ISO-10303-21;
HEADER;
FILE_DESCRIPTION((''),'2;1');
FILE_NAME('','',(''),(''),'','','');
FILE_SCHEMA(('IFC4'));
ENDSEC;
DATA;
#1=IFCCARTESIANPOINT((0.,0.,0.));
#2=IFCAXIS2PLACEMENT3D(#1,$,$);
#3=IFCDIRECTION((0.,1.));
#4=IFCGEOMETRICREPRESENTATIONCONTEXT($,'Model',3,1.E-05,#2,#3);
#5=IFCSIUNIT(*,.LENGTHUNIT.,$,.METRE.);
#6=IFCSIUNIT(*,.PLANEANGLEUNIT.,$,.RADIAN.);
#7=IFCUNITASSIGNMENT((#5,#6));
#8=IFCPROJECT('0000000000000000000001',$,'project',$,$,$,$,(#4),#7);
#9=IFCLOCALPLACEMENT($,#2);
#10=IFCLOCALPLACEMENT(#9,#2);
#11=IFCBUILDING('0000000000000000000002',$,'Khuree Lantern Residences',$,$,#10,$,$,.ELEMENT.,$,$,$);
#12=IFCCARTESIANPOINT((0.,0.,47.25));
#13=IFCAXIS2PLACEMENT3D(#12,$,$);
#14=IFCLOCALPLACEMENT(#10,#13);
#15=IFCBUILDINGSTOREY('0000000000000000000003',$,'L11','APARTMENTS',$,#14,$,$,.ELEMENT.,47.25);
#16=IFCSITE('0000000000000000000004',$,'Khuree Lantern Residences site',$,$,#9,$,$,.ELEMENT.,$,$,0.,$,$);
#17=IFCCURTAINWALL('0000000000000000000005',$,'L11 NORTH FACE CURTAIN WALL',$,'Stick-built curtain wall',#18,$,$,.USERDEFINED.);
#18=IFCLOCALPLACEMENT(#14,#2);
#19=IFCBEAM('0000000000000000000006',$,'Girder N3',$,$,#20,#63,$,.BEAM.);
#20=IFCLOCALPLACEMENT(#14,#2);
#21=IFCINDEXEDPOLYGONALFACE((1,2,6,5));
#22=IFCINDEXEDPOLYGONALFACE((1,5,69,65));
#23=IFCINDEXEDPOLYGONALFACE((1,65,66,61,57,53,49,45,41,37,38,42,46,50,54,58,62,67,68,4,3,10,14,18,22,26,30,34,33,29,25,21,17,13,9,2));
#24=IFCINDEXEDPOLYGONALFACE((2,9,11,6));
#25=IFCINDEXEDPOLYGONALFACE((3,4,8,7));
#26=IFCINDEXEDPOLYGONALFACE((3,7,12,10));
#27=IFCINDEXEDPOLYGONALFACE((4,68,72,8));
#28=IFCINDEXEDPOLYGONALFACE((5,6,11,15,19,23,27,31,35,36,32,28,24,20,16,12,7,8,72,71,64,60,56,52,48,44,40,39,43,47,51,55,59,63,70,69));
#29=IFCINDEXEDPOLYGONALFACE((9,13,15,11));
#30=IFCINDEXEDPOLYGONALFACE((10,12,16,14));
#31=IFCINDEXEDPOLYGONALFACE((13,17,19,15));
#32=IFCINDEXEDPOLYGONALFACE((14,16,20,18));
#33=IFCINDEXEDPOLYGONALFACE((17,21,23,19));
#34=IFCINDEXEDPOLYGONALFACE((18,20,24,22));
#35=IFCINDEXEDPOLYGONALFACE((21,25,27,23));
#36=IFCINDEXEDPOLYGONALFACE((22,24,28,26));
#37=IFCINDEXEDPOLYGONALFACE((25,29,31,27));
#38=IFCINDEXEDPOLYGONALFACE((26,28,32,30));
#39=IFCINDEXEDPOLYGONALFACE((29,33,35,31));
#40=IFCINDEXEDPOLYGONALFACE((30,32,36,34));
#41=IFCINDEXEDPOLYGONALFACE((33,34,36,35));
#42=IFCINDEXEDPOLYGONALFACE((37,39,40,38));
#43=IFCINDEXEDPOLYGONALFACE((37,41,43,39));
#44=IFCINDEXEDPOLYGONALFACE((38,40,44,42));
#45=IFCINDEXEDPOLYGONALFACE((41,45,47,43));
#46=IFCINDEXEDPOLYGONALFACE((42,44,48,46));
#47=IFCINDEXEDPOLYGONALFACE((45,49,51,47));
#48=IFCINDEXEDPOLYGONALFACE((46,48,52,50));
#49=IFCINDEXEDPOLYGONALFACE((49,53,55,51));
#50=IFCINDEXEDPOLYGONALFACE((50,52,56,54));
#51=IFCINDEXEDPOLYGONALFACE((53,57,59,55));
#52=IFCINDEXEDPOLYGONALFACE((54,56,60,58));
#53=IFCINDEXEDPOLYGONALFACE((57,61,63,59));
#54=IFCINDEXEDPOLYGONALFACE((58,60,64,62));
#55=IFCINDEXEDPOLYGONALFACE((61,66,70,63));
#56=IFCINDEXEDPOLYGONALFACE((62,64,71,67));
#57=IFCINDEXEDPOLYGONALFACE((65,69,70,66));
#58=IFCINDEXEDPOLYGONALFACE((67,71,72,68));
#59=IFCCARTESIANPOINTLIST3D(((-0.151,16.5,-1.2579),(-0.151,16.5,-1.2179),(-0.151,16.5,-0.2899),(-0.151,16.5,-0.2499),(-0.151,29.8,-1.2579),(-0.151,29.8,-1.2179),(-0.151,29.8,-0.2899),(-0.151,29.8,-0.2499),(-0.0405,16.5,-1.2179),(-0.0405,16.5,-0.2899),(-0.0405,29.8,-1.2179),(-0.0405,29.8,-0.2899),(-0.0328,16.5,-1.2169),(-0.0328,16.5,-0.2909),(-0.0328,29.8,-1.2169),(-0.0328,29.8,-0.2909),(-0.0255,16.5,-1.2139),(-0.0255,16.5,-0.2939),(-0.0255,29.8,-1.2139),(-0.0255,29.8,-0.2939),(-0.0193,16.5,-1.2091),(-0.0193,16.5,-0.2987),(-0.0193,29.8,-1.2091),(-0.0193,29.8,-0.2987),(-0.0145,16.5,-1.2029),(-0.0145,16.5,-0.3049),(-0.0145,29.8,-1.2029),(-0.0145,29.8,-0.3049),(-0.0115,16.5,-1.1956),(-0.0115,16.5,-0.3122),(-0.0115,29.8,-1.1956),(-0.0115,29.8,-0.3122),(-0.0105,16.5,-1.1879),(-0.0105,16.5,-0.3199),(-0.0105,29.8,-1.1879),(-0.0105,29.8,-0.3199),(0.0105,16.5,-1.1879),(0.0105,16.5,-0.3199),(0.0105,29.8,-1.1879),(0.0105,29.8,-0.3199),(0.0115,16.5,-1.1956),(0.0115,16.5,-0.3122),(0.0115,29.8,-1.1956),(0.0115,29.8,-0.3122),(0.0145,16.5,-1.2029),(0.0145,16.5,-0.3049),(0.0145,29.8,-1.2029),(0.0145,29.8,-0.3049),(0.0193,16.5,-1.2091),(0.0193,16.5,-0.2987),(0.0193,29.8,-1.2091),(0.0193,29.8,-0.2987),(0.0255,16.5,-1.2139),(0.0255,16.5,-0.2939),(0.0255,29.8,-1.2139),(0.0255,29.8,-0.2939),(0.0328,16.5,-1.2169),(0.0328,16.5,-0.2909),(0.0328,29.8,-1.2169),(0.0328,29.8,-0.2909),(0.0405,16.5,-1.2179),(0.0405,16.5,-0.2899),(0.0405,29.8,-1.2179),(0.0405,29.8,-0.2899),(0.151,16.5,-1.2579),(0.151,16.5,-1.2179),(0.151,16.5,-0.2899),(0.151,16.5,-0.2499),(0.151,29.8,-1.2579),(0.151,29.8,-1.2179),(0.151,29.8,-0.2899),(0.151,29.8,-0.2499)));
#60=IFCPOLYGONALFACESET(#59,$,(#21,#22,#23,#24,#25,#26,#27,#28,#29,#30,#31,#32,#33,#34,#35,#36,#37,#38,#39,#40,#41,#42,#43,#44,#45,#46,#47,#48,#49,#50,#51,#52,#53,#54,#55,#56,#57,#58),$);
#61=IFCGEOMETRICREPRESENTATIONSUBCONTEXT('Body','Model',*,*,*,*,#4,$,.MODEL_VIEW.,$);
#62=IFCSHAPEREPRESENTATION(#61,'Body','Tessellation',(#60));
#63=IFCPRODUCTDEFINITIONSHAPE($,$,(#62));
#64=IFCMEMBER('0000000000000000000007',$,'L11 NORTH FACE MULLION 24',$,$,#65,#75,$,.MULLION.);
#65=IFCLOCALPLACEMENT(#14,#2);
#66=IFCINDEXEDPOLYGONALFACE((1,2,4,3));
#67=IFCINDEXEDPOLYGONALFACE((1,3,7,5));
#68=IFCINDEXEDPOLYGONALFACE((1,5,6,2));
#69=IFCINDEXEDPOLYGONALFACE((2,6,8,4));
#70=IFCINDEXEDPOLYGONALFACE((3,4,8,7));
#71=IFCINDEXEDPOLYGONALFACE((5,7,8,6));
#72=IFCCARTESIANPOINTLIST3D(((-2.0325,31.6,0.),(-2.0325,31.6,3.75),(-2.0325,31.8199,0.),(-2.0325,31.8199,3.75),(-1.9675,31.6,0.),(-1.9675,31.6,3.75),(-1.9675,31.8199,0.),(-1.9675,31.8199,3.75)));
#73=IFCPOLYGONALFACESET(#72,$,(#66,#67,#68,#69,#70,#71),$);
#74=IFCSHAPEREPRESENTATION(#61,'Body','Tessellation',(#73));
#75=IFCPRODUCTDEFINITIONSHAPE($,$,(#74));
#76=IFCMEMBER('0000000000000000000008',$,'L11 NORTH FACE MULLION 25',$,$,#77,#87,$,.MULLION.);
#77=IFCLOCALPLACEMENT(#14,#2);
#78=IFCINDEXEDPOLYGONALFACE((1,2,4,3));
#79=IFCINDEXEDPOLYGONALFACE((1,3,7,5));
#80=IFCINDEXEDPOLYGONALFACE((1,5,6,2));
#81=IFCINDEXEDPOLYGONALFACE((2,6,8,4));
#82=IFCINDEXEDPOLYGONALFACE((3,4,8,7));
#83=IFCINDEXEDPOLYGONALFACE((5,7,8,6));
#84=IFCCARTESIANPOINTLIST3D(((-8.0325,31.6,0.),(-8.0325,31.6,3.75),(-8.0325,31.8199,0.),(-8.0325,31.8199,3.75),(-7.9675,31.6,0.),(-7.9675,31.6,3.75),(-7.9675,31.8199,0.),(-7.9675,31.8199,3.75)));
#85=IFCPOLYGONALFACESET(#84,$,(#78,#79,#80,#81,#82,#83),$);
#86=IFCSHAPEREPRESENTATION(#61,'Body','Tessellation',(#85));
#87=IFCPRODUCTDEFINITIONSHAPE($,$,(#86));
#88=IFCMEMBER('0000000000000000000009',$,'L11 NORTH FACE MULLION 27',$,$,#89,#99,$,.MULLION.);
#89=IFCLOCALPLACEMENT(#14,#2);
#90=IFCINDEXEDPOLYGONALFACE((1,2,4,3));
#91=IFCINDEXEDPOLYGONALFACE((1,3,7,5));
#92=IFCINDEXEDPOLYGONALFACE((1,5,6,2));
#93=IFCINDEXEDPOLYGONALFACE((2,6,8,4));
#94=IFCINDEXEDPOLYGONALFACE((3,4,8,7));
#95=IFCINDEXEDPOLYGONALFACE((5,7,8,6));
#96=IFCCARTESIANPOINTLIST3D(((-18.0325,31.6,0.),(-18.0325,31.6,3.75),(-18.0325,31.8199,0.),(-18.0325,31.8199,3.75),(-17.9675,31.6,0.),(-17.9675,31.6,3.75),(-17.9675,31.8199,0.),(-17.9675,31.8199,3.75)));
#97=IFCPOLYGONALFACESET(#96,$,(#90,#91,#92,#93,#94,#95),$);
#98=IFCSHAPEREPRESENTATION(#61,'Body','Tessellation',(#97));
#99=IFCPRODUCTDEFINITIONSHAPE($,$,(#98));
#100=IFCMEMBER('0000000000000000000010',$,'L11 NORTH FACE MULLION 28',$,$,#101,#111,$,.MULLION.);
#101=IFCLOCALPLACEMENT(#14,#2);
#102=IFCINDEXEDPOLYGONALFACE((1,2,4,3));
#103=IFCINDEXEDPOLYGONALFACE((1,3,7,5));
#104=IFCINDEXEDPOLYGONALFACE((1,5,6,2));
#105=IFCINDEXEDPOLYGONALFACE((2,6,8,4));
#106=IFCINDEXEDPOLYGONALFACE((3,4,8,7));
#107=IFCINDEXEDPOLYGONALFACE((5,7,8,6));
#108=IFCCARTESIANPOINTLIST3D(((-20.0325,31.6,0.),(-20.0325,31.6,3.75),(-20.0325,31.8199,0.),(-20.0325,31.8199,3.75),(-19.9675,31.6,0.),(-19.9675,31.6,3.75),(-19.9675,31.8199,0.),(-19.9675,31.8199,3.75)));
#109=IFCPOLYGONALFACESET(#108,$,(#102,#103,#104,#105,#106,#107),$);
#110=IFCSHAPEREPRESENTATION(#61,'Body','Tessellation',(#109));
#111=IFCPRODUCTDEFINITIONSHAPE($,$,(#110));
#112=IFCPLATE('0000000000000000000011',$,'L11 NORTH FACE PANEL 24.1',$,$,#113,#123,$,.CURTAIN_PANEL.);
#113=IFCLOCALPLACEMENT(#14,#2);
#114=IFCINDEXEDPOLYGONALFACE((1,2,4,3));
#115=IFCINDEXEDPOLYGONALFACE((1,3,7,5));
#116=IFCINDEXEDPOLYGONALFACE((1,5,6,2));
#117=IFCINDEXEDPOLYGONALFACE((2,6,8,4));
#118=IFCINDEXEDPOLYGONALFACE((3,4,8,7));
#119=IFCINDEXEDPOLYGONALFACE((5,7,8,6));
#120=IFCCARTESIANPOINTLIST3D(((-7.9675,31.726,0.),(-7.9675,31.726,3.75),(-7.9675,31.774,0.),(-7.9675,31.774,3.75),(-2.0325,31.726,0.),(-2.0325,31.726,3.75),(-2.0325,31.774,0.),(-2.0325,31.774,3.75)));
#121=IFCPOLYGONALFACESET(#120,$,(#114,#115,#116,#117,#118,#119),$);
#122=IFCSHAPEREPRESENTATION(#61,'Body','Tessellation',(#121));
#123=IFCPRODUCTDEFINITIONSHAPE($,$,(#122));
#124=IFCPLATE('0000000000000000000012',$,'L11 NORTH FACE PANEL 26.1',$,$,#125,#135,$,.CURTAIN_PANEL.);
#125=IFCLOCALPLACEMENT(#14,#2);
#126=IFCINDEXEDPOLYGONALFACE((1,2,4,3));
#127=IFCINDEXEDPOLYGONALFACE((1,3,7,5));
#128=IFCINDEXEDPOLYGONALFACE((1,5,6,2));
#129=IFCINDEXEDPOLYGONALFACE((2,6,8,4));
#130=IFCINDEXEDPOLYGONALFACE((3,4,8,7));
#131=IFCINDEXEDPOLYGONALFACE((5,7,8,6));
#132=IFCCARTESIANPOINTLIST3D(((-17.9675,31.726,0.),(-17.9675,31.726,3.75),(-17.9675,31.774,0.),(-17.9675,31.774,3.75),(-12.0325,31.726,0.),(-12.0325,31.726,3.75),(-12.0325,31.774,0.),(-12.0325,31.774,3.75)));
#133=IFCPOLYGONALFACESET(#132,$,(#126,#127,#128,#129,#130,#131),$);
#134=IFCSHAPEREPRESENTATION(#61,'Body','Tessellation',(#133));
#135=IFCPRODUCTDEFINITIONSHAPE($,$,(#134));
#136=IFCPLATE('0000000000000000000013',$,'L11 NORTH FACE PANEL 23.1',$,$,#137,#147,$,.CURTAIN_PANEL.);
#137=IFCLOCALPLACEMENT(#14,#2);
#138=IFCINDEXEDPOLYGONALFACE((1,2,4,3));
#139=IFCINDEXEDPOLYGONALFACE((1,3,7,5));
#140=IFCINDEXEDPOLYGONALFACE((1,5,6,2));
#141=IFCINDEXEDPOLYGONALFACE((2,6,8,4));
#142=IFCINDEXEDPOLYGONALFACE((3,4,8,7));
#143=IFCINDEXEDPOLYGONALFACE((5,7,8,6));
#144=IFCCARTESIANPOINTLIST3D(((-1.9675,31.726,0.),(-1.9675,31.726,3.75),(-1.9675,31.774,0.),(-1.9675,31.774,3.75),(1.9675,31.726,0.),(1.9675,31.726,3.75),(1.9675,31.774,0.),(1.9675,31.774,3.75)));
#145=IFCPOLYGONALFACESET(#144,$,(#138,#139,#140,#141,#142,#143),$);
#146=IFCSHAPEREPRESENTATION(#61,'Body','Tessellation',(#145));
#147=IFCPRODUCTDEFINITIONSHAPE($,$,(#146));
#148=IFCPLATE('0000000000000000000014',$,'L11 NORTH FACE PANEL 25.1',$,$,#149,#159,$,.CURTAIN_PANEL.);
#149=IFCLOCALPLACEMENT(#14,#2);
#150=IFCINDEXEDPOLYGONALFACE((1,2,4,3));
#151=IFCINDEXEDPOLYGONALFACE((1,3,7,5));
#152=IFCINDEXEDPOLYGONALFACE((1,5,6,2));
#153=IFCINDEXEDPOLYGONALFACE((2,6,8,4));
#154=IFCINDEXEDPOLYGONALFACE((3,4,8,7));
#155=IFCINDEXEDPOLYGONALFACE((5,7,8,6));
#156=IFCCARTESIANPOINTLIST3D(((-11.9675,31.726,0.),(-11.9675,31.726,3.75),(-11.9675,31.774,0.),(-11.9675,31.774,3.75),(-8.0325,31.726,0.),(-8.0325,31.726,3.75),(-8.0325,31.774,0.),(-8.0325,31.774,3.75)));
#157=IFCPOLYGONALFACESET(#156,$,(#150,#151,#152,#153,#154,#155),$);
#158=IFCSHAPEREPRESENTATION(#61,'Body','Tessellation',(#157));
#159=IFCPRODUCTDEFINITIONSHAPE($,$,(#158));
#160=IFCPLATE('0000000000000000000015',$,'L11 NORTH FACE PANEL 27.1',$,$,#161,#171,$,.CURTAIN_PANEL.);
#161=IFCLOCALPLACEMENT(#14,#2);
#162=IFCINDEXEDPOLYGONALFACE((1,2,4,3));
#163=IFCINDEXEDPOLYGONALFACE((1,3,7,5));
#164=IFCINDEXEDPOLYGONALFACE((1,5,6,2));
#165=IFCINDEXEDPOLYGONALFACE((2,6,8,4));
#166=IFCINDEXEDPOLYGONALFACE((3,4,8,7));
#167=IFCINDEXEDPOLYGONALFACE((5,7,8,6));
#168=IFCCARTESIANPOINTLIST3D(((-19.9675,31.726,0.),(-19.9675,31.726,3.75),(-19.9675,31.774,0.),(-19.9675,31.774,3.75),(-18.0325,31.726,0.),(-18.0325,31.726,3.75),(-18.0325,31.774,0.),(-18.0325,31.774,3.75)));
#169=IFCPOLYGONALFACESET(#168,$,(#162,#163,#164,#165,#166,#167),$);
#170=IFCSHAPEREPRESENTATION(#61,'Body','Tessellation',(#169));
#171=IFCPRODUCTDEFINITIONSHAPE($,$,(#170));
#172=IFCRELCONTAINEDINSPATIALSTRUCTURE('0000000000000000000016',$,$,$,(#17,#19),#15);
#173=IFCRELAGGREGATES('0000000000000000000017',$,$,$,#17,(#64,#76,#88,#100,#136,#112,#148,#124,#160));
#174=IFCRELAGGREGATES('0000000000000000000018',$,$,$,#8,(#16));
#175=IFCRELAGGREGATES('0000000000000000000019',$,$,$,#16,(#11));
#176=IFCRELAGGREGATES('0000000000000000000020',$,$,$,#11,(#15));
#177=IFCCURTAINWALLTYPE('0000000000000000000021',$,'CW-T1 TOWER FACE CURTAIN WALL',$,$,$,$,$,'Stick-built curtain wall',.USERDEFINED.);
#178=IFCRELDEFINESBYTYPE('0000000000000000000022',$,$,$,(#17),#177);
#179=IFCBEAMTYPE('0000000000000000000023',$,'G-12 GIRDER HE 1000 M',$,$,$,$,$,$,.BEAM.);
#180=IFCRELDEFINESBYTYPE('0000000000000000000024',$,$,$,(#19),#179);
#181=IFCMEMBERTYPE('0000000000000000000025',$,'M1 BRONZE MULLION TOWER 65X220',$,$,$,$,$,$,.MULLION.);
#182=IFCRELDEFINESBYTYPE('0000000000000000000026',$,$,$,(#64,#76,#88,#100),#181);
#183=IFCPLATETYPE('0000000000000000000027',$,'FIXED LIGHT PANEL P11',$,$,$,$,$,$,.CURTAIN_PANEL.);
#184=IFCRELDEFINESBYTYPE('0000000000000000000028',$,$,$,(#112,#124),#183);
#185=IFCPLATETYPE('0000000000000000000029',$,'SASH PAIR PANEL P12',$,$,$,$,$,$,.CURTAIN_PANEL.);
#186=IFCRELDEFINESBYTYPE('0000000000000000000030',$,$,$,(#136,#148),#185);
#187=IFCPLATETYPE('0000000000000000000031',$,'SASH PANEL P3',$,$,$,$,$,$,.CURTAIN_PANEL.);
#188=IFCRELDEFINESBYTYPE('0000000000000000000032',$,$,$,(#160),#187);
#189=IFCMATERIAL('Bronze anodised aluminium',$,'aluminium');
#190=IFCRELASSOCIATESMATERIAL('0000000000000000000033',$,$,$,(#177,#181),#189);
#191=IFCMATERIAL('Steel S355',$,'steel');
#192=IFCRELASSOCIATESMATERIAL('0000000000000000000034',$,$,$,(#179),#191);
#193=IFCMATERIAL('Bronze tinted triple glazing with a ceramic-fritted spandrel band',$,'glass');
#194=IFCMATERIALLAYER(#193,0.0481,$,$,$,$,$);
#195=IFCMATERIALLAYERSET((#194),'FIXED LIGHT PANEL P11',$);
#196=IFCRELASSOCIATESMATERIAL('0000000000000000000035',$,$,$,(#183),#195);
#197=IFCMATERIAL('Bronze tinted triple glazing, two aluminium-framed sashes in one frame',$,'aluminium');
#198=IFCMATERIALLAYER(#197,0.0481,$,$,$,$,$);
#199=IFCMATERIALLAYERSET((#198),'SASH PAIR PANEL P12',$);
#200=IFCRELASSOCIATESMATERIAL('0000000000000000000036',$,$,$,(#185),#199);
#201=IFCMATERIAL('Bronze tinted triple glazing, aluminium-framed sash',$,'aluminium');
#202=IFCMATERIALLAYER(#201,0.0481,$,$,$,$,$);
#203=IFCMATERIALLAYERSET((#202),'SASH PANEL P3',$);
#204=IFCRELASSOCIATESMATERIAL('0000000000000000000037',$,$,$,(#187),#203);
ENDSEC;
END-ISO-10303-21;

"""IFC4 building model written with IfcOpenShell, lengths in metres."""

from ifc_helpers import new_model, si_unit, direction, frame, origin, origin_2d, place, context, subcontext, project, spatial, rectangle, i_section, extrude, material, layer, layer_set, material_profile, profile_set, type_object, element, aggregate, save


model = new_model("IFC4")

# Units and contexts
model_context = context("Model", 3, precision=1e-05, world=origin(), true_north=direction((0.0, 1.0)))
body_context = subcontext(model_context, "Body", "Model", "MODEL_VIEW")
ifc_project = project(units=[si_unit("LENGTHUNIT", "METRE"), si_unit("PLANEANGLEUNIT", "RADIAN")], contexts=[model_context])

# Site, building, storey
site_placement = place(None, origin())
site = spatial("IfcSite", under=ifc_project, at=site_placement, Name="Khuree Lantern Residences site", CompositionType="ELEMENT", RefElevation=0.0)
building_placement = place(site_placement, origin())
building = spatial("IfcBuilding", under=site, at=building_placement, Name="Khuree Lantern Residences", CompositionType="ELEMENT")
storey_placement = place(building_placement, frame((0.0, 0.0, 47.25)))
storey = spatial("IfcBuildingStorey", under=building, at=storey_placement, Name="L11", Description="APARTMENTS", CompositionType="ELEMENT", Elevation=47.25)

# Shared definitions
ifc_material_1 = material(Name="Steel S355", Category="steel")

# Curtain wall
ifc_material_2 = material(Name="Bronze anodised aluminium", Category="aluminium")
curtain_wall_type = type_object("IfcCurtainWallType", Name="CW-T1 TOWER FACE CURTAIN WALL", ElementType="Stick-built curtain wall", PredefinedType="USERDEFINED", material=ifc_material_2)
curtain_wall_placement = place(storey_placement, origin())
curtain_wall = element("IfcCurtainWall", 1, at=curtain_wall_placement, inside=storey, type_object=curtain_wall_type, Name="L11 NORTH FACE CURTAIN WALL", ObjectType="Stick-built curtain wall", PredefinedType="USERDEFINED")

# Beam
ifc_material_profile_1 = material_profile(ifc_material_1, i_section(OverallWidth=0.302, OverallDepth=1.0081, WebThickness=0.021, FlangeThickness=0.04, FilletRadius=0.03, at=origin_2d()), Name="HE 1000 M")
ifc_profile_set_1 = profile_set([ifc_material_profile_1], Name="Steel S355")
beam_type_1 = type_object("IfcBeamType", Name="G-12 GIRDER HE 1000 M", PredefinedType="BEAM", material=ifc_profile_set_1)
for number, where, z_axis, x_axis, name in (
    (2, (0.0, 29.8, -0.7539), (0.0, -1.0, 0.0), (1.0, 0.0, 0.0), "Girder N3"),
):
    element("IfcBeam", number, at=place(storey_placement, frame(where, z_axis=z_axis, x_axis=x_axis)), inside=storey, type_object=beam_type_1, Name=name, PredefinedType="BEAM", context=body_context, shape_type="SweptSolid", body=[
        extrude(i_section(OverallWidth=0.302, OverallDepth=1.0081, WebThickness=0.021, FlangeThickness=0.04, FilletRadius=0.03, at=origin_2d()), origin(), (0.0, 0.0, 1.0), 13.3),
    ])

# Members
ifc_material_profile_2 = material_profile(ifc_material_2, rectangle(XDim=0.0649, YDim=0.22, at=origin_2d()), Name="M1 65X220")
ifc_profile_set_2 = profile_set([ifc_material_profile_2], Name="Bronze anodised aluminium")
member_type_1 = type_object("IfcMemberType", Name="M1 BRONZE MULLION TOWER 65X220", PredefinedType="MULLION", material=ifc_profile_set_2)
member_1_placement = place(storey_placement, frame((-2.0, 31.71, 0.0), z_axis=(0.0, 0.0, 1.0), x_axis=(-1.0, 0.0, 0.0)))
member_1 = element("IfcMember", 3, at=member_1_placement, type_object=member_type_1, Name="L11 NORTH FACE MULLION 24", PredefinedType="MULLION", context=body_context, shape_type="SweptSolid", body=[
    extrude(rectangle(XDim=0.0649, YDim=0.22, at=origin_2d()), origin(), (0.0, 0.0, 1.0), 3.75),
])
member_2_placement = place(storey_placement, frame((-8.0, 31.71, 0.0), z_axis=(0.0, 0.0, 1.0), x_axis=(-1.0, 0.0, 0.0)))
member_2 = element("IfcMember", 4, at=member_2_placement, type_object=member_type_1, Name="L11 NORTH FACE MULLION 25", PredefinedType="MULLION", context=body_context, shape_type="SweptSolid", body=[
    extrude(rectangle(XDim=0.0649, YDim=0.22, at=origin_2d()), origin(), (0.0, 0.0, 1.0), 3.75),
])
member_3_placement = place(storey_placement, frame((-18.0, 31.71, 0.0), z_axis=(0.0, 0.0, 1.0), x_axis=(-1.0, 0.0, 0.0)))
member_3 = element("IfcMember", 5, at=member_3_placement, type_object=member_type_1, Name="L11 NORTH FACE MULLION 27", PredefinedType="MULLION", context=body_context, shape_type="SweptSolid", body=[
    extrude(rectangle(XDim=0.0649, YDim=0.22, at=origin_2d()), origin(), (0.0, 0.0, 1.0), 3.75),
])
member_4_placement = place(storey_placement, frame((-20.0, 31.71, 0.0), z_axis=(0.0, 0.0, 1.0), x_axis=(-1.0, 0.0, 0.0)))
member_4 = element("IfcMember", 6, at=member_4_placement, type_object=member_type_1, Name="L11 NORTH FACE MULLION 28", PredefinedType="MULLION", context=body_context, shape_type="SweptSolid", body=[
    extrude(rectangle(XDim=0.0649, YDim=0.22, at=origin_2d()), origin(), (0.0, 0.0, 1.0), 3.75),
])

# Plates
ifc_material_3 = material(Name="Bronze tinted triple glazing with a ceramic-fritted spandrel band", Category="glass")
ifc_layer_1 = layer(ifc_material_3, 0.0481)
ifc_layer_set_1 = layer_set([ifc_layer_1], Name="FIXED LIGHT PANEL P11")
plate_type_1 = type_object("IfcPlateType", Name="FIXED LIGHT PANEL P11", PredefinedType="CURTAIN_PANEL", material=ifc_layer_set_1)
plate_1_placement = place(storey_placement, frame((-5.0, 31.75, 0.0), z_axis=(0.0, 0.0, 1.0), x_axis=(-1.0, 0.0, 0.0)))
plate_1 = element("IfcPlate", 7, at=plate_1_placement, type_object=plate_type_1, Name="L11 NORTH FACE PANEL 24.1", PredefinedType="CURTAIN_PANEL", context=body_context, shape_type="SweptSolid", body=[
    extrude(rectangle(XDim=5.9351, YDim=0.0481, at=origin_2d()), origin(), (0.0, 0.0, 1.0), 3.75),
])
plate_2_placement = place(storey_placement, frame((-15.0, 31.75, 0.0), z_axis=(0.0, 0.0, 1.0), x_axis=(-1.0, 0.0, 0.0)))
plate_2 = element("IfcPlate", 8, at=plate_2_placement, type_object=plate_type_1, Name="L11 NORTH FACE PANEL 26.1", PredefinedType="CURTAIN_PANEL", context=body_context, shape_type="SweptSolid", body=[
    extrude(rectangle(XDim=5.9351, YDim=0.0481, at=origin_2d()), origin(), (0.0, 0.0, 1.0), 3.75),
])
ifc_material_4 = material(Name="Bronze tinted triple glazing, two aluminium-framed sashes in one frame", Category="aluminium")
ifc_layer_2 = layer(ifc_material_4, 0.0481)
ifc_layer_set_2 = layer_set([ifc_layer_2], Name="SASH PAIR PANEL P12")
plate_type_2 = type_object("IfcPlateType", Name="SASH PAIR PANEL P12", PredefinedType="CURTAIN_PANEL", material=ifc_layer_set_2)
plate_3_placement = place(storey_placement, frame((0.0, 31.75, 0.0), z_axis=(0.0, 0.0, 1.0), x_axis=(-1.0, 0.0, 0.0)))
plate_3 = element("IfcPlate", 9, at=plate_3_placement, type_object=plate_type_2, Name="L11 NORTH FACE PANEL 23.1", PredefinedType="CURTAIN_PANEL", context=body_context, shape_type="SweptSolid", body=[
    extrude(rectangle(XDim=3.9351, YDim=0.0481, at=origin_2d()), origin(), (0.0, 0.0, 1.0), 3.75),
])
plate_4_placement = place(storey_placement, frame((-10.0, 31.75, 0.0), z_axis=(0.0, 0.0, 1.0), x_axis=(-1.0, 0.0, 0.0)))
plate_4 = element("IfcPlate", 10, at=plate_4_placement, type_object=plate_type_2, Name="L11 NORTH FACE PANEL 25.1", PredefinedType="CURTAIN_PANEL", context=body_context, shape_type="SweptSolid", body=[
    extrude(rectangle(XDim=3.9351, YDim=0.0481, at=origin_2d()), origin(), (0.0, 0.0, 1.0), 3.75),
])
ifc_material_5 = material(Name="Bronze tinted triple glazing, aluminium-framed sash", Category="aluminium")
ifc_layer_3 = layer(ifc_material_5, 0.0481)
ifc_layer_set_3 = layer_set([ifc_layer_3], Name="SASH PANEL P3")
plate_type_3 = type_object("IfcPlateType", Name="SASH PANEL P3", PredefinedType="CURTAIN_PANEL", material=ifc_layer_set_3)
plate_5_placement = place(storey_placement, frame((-19.0, 31.75, 0.0), z_axis=(0.0, 0.0, 1.0), x_axis=(-1.0, 0.0, 0.0)))
plate_5 = element("IfcPlate", 11, at=plate_5_placement, type_object=plate_type_3, Name="L11 NORTH FACE PANEL 27.1", PredefinedType="CURTAIN_PANEL", context=body_context, shape_type="SweptSolid", body=[
    extrude(rectangle(XDim=1.9351, YDim=0.0481, at=origin_2d()), origin(), (0.0, 0.0, 1.0), 3.75),
])
aggregate(curtain_wall, [member_1, member_2, member_3, member_4, plate_3, plate_1, plate_4, plate_2, plate_5])

save(model, "model.ifc")
